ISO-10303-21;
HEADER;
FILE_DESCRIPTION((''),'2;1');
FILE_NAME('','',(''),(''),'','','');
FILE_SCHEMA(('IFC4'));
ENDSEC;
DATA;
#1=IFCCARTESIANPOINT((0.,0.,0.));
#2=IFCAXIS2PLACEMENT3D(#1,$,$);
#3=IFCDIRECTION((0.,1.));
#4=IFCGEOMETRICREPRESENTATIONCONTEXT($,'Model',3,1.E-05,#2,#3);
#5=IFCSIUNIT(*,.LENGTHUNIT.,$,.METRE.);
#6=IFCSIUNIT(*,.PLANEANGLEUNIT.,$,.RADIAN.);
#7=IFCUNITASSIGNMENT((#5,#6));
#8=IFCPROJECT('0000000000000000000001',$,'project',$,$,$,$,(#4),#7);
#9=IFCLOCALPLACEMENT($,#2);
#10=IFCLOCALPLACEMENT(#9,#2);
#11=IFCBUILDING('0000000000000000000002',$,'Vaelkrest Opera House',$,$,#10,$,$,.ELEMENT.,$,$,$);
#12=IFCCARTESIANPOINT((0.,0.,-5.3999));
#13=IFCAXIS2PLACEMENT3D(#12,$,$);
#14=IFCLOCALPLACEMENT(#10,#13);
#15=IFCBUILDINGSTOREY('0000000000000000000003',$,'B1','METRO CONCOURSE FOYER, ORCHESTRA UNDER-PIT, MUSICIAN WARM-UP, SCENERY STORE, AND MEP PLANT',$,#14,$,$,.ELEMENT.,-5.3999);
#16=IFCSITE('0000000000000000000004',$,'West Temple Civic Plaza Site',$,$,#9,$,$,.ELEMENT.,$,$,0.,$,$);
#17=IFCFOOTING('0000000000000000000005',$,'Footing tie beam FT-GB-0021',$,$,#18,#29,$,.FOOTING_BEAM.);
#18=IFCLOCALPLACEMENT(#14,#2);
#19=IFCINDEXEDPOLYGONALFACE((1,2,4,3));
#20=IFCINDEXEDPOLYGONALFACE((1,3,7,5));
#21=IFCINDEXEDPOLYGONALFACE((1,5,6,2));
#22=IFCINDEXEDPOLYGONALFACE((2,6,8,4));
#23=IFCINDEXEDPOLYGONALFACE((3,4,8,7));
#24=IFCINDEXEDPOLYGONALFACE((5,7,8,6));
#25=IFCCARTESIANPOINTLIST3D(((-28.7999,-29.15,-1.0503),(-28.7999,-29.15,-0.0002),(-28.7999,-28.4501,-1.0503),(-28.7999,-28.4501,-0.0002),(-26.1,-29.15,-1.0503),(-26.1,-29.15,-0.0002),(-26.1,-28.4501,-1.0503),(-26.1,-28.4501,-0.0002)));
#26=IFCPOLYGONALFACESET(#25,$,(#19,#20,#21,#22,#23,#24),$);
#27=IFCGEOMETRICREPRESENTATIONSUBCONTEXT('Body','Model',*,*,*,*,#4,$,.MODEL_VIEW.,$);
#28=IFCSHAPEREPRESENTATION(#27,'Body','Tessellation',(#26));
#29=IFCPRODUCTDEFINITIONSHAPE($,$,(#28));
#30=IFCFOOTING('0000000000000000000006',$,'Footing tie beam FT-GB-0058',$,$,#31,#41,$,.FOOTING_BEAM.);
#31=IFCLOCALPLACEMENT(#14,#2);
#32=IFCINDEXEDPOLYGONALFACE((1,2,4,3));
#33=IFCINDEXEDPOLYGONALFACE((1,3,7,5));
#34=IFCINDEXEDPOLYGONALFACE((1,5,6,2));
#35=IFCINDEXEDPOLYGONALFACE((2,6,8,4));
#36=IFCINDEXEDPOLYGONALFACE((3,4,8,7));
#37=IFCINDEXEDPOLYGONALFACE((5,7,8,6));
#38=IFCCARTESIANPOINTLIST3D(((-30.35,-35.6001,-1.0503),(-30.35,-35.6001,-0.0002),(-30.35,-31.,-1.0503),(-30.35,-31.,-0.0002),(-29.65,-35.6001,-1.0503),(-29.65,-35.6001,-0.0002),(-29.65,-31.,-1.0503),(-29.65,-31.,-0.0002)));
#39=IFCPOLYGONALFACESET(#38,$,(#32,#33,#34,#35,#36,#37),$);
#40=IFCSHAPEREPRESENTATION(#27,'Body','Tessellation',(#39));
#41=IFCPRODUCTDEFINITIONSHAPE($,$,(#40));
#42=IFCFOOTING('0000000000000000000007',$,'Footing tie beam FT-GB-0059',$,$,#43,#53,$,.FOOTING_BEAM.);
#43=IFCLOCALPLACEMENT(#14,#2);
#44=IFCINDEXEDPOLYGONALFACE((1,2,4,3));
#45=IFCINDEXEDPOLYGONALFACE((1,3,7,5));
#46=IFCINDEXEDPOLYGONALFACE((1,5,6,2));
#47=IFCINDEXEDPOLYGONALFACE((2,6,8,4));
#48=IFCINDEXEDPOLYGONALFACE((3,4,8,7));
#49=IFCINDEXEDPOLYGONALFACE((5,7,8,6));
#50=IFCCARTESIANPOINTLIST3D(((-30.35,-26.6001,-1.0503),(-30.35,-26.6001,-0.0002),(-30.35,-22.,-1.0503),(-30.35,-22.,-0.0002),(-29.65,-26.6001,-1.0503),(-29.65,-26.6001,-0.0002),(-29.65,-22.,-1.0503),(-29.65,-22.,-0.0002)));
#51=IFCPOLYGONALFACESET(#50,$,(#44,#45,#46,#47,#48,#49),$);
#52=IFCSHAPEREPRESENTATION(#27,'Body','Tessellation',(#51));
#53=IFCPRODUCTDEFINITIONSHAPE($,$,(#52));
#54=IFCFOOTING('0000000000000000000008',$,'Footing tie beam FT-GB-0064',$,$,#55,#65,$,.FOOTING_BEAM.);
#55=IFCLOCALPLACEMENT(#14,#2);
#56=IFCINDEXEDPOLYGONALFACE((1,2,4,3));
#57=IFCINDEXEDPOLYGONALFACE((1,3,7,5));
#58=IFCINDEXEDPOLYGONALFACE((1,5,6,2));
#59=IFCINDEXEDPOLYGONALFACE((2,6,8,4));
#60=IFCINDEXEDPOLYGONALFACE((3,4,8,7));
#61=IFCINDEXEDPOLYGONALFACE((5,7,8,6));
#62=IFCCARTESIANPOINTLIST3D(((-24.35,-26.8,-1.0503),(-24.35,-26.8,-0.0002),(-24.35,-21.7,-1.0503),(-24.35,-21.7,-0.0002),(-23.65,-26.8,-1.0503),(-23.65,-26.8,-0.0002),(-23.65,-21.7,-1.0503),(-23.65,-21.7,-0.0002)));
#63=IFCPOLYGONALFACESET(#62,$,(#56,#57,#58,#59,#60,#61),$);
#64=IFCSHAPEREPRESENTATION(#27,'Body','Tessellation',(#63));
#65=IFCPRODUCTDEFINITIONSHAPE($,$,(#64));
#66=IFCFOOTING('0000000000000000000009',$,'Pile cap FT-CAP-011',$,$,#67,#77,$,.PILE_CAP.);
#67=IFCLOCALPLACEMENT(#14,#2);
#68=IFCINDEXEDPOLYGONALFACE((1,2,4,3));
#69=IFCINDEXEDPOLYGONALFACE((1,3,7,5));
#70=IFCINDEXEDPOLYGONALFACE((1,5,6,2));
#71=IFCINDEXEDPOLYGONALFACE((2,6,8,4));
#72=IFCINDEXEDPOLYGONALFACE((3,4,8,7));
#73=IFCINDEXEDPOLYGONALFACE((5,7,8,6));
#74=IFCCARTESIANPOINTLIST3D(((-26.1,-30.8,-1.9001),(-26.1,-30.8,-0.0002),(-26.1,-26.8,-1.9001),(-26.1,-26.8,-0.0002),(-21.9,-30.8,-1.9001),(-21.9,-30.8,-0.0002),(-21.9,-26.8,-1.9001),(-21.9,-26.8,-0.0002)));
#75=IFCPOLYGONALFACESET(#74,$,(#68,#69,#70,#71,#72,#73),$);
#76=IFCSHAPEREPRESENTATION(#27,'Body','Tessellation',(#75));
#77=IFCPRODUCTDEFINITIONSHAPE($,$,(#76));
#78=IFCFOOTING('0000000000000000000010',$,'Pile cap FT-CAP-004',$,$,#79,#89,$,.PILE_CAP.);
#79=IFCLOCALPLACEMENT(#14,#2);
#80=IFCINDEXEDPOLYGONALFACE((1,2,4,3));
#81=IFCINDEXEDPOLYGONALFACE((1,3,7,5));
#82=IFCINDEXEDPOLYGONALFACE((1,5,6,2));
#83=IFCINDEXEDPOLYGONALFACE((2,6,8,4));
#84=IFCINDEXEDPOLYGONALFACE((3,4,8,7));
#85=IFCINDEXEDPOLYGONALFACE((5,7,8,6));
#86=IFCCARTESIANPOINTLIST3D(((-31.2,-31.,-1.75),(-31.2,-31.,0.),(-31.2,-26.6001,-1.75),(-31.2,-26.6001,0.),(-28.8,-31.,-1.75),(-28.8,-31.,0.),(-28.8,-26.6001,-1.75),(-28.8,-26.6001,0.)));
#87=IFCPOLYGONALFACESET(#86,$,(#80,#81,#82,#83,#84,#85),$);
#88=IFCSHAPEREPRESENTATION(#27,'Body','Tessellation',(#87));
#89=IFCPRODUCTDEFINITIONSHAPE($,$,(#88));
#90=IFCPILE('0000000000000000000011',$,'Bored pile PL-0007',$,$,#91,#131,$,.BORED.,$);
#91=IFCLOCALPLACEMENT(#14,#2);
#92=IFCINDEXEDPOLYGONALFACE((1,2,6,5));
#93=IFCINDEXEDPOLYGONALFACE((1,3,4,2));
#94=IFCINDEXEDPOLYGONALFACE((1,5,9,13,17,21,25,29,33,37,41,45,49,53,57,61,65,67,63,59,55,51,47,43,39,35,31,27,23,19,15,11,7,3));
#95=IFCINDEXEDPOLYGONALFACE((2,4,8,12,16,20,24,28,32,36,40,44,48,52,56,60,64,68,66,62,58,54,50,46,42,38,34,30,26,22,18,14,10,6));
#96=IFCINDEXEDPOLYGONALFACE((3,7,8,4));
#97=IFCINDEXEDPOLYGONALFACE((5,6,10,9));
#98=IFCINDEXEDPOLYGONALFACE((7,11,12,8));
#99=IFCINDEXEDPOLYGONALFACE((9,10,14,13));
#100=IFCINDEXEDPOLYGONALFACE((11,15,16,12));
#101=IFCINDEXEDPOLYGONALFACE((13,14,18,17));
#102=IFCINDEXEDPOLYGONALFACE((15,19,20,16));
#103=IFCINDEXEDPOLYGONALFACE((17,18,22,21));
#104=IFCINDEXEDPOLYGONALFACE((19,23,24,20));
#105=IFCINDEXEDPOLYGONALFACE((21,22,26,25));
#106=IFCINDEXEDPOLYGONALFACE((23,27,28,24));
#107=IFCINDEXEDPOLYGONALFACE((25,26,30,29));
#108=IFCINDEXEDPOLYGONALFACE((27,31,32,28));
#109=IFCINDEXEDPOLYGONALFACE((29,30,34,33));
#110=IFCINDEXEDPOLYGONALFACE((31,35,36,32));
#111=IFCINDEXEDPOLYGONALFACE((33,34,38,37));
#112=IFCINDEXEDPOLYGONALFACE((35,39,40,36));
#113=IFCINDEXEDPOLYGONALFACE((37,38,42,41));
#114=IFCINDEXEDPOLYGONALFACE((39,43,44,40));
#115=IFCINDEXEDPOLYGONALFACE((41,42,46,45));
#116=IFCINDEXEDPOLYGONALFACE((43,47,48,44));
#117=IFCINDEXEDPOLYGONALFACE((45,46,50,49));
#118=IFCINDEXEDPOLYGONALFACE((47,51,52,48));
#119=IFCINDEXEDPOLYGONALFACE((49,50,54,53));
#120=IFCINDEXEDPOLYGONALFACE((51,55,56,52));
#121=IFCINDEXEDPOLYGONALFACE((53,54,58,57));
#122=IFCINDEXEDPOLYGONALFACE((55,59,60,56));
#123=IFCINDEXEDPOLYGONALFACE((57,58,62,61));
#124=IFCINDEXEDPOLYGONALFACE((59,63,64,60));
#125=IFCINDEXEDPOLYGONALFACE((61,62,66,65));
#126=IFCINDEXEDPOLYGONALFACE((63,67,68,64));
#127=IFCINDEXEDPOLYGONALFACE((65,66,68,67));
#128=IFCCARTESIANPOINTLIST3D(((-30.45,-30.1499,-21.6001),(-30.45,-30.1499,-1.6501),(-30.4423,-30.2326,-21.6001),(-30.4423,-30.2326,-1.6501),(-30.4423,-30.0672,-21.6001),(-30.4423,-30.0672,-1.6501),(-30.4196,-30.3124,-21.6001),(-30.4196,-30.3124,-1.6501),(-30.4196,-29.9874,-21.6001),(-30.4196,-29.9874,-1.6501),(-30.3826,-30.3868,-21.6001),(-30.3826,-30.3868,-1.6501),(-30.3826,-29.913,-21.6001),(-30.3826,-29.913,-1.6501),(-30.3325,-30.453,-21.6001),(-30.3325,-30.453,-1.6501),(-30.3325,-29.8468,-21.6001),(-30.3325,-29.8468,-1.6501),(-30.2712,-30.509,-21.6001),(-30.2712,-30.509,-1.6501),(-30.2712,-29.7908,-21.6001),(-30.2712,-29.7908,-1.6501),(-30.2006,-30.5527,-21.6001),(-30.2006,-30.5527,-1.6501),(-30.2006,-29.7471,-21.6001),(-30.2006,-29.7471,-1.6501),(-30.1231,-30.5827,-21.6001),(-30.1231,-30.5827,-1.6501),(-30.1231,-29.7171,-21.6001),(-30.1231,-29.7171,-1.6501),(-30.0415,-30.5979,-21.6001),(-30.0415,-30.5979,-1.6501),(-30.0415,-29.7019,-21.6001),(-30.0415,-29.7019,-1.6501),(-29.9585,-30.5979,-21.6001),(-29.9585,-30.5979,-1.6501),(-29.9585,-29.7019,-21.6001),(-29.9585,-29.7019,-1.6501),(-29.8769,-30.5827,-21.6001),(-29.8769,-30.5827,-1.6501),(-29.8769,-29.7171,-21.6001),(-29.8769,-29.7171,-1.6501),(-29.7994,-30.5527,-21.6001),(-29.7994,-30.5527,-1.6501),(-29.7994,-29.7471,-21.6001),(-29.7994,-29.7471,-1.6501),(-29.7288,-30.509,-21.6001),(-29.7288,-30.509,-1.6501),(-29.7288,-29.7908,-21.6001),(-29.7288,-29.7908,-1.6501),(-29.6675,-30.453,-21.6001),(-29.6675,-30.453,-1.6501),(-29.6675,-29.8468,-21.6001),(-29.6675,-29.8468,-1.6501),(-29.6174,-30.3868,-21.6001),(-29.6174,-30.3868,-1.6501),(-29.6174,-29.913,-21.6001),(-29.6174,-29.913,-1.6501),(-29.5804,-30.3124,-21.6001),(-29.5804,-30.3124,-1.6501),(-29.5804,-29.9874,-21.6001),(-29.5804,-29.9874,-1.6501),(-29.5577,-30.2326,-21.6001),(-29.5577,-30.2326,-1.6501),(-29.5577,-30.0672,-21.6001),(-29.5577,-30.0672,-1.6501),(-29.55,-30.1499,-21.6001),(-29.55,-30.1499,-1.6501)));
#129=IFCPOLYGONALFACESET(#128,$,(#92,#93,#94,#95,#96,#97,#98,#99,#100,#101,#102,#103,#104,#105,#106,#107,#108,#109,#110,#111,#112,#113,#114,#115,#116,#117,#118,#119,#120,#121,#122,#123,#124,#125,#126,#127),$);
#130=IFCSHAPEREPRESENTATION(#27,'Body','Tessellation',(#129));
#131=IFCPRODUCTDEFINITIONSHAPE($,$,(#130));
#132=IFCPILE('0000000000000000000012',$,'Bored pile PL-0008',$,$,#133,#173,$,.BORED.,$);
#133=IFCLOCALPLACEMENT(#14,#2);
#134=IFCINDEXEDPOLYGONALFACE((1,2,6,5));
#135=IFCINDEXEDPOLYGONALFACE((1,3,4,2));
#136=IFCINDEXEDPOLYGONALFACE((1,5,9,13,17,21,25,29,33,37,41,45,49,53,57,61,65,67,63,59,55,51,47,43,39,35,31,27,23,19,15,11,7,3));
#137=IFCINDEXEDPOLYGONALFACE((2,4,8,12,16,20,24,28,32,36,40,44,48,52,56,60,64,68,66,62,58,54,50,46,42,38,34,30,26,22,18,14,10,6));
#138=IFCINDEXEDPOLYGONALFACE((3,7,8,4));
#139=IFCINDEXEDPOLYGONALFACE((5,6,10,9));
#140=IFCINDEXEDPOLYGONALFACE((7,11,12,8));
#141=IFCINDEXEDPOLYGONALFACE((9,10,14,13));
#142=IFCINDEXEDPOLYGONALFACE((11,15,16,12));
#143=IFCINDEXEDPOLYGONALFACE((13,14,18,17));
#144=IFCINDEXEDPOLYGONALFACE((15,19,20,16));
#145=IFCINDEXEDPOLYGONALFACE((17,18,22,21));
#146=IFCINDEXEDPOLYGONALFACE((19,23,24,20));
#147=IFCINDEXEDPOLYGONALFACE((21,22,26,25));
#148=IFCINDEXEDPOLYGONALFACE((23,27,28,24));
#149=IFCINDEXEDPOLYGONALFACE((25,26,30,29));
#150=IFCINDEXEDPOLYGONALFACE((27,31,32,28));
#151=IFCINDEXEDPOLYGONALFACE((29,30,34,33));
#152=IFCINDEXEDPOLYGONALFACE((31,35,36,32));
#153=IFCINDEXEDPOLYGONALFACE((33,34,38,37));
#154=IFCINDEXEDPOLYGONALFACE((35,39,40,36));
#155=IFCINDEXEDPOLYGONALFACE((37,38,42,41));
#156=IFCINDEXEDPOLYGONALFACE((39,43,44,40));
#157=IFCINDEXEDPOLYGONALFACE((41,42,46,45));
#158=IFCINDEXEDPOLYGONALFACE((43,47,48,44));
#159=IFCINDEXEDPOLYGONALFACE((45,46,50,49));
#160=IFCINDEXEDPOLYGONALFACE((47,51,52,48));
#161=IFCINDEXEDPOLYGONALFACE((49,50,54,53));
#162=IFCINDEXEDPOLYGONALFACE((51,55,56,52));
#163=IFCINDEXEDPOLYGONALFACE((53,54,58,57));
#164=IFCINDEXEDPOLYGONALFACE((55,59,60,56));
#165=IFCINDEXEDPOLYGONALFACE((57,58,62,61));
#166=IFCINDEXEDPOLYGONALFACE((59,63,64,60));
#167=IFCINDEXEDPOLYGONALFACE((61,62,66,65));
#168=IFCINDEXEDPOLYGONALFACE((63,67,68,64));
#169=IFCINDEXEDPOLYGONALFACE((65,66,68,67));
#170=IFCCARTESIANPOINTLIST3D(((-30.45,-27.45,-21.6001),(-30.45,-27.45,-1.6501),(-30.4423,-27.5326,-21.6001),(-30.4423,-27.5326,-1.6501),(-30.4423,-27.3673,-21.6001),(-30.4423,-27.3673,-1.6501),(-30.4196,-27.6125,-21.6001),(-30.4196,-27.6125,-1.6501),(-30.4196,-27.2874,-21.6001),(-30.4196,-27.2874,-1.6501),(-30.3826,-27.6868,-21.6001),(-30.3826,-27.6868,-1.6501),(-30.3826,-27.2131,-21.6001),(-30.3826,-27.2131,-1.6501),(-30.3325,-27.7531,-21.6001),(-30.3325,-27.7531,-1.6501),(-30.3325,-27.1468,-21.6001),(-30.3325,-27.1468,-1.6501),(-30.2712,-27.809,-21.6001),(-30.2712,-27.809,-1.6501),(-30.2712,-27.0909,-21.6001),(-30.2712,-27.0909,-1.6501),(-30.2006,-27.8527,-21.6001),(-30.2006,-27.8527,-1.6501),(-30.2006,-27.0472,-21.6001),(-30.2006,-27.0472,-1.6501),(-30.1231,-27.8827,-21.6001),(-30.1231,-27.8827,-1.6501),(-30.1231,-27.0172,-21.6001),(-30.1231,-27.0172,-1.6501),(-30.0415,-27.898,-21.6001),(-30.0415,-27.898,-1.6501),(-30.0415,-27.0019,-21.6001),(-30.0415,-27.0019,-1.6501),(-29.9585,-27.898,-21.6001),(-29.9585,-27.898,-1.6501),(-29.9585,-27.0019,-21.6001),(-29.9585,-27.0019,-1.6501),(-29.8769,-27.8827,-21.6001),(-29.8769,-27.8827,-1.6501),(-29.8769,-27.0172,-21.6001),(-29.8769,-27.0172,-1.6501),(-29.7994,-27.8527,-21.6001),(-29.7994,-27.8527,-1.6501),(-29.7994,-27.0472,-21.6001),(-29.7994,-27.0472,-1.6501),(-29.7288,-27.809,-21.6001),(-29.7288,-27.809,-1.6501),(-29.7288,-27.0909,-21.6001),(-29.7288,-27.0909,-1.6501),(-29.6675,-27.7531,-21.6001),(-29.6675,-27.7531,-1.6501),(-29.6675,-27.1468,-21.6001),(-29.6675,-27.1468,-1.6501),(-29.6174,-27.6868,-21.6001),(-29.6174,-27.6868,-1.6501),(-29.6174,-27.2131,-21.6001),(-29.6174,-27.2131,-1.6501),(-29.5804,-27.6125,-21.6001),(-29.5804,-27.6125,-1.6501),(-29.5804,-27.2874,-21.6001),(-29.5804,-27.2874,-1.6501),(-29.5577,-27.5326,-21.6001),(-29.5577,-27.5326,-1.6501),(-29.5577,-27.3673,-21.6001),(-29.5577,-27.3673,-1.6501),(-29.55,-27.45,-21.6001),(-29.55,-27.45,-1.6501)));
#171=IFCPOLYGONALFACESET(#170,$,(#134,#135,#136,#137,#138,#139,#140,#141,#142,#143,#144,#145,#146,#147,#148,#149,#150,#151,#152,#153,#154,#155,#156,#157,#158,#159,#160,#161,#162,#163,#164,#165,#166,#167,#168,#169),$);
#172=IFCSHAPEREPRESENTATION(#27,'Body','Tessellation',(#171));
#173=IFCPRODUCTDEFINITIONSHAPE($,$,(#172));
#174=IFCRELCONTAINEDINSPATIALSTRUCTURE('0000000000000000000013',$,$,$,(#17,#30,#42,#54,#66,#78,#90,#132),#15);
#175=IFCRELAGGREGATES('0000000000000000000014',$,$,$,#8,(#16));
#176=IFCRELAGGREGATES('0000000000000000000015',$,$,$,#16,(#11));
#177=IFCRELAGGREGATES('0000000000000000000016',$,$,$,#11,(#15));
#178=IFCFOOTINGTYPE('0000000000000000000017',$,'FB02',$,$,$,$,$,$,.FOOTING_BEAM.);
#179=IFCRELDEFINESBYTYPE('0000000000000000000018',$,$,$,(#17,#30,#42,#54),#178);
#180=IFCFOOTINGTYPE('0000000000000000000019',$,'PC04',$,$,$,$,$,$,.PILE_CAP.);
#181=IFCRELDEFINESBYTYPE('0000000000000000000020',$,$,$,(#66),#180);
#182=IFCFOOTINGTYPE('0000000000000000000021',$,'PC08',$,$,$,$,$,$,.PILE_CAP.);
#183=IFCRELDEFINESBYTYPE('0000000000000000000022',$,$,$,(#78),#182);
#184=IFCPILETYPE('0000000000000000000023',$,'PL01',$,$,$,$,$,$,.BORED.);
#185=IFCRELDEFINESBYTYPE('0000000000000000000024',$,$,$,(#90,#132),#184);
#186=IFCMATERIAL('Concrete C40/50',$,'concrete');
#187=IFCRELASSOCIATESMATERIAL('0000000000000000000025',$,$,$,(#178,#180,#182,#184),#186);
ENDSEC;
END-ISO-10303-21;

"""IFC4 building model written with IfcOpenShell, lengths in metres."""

from ifc_helpers import new_model, si_unit, direction, frame, origin, origin_2d, place, context, subcontext, project, spatial, rectangle, circle, extrude, material, material_profile, profile_set, type_object, element, save


model = new_model("IFC4")

# Units and contexts
model_context = context("Model", 3, precision=1e-05, world=origin(), true_north=direction((0.0, 1.0)))
body_context = subcontext(model_context, "Body", "Model", "MODEL_VIEW")
ifc_project = project(units=[si_unit("LENGTHUNIT", "METRE"), si_unit("PLANEANGLEUNIT", "RADIAN")], contexts=[model_context])

# Site, building, storey
site_placement = place(None, origin())
site = spatial("IfcSite", under=ifc_project, at=site_placement, Name="West Temple Civic Plaza Site", CompositionType="ELEMENT", RefElevation=0.0)
building_placement = place(site_placement, origin())
building = spatial("IfcBuilding", under=site, at=building_placement, Name="Vaelkrest Opera House", CompositionType="ELEMENT")
storey_placement = place(building_placement, frame((0.0, 0.0, -5.3999)))
storey = spatial("IfcBuildingStorey", under=building, at=storey_placement, Name="B1", Description="METRO CONCOURSE FOYER, ORCHESTRA UNDER-PIT, MUSICIAN WARM-UP, SCENERY STORE, AND MEP PLANT", CompositionType="ELEMENT", Elevation=-5.3999)

# Footings
ifc_material_1 = material(Name="Concrete C40/50", Category="concrete")
footing_type_1 = type_object("IfcFootingType", Name="FB02", PredefinedType="FOOTING_BEAM", material=ifc_material_1)
footing_1_placement = place(storey_placement, frame((-27.45, -28.8, -1.0503), z_axis=(0.0, 0.0, 1.0), x_axis=(1.0, 0.0, 0.0)))
element("IfcFooting", 1, at=footing_1_placement, inside=storey, type_object=footing_type_1, Name="Footing tie beam FT-GB-0021", PredefinedType="FOOTING_BEAM", context=body_context, shape_type="SweptSolid", body=[
    extrude(rectangle(XDim=2.7, YDim=0.7, at=origin_2d()), origin(), (0.0, 0.0, 1.0), 1.05),
])
for number, where, z_axis, x_axis, name in (
    (2, (-30.0, -33.3, -1.0503), (0.0, 0.0, 1.0), (0.0, 1.0, 0.0), "Footing tie beam FT-GB-0058"),
    (3, (-30.0, -24.3, -1.0503), (0.0, 0.0, 1.0), (0.0, 1.0, 0.0), "Footing tie beam FT-GB-0059"),
):
    element("IfcFooting", number, at=place(storey_placement, frame(where, z_axis=z_axis, x_axis=x_axis)), inside=storey, type_object=footing_type_1, Name=name, PredefinedType="FOOTING_BEAM", context=body_context, shape_type="SweptSolid", body=[
        extrude(rectangle(XDim=4.6001, YDim=0.7, at=origin_2d()), origin(), (0.0, 0.0, 1.0), 1.05),
    ])
footing_2_placement = place(storey_placement, frame((-24.0, -24.25, -1.0503), z_axis=(0.0, 0.0, 1.0), x_axis=(0.0, 1.0, 0.0)))
element("IfcFooting", 4, at=footing_2_placement, inside=storey, type_object=footing_type_1, Name="Footing tie beam FT-GB-0064", PredefinedType="FOOTING_BEAM", context=body_context, shape_type="SweptSolid", body=[
    extrude(rectangle(XDim=5.1001, YDim=0.7, at=origin_2d()), origin(), (0.0, 0.0, 1.0), 1.05),
])
footing_type_2 = type_object("IfcFootingType", Name="PC04", PredefinedType="PILE_CAP", material=ifc_material_1)
footing_3_placement = place(storey_placement, frame((-24.0, -28.8, -1.9001), z_axis=(0.0, 0.0, 1.0), x_axis=(1.0, 0.0, 0.0)))
element("IfcFooting", 5, at=footing_3_placement, inside=storey, type_object=footing_type_2, Name="Pile cap FT-CAP-011", PredefinedType="PILE_CAP", context=body_context, shape_type="SweptSolid", body=[
    extrude(rectangle(XDim=4.2, YDim=4.0, at=origin_2d()), origin(), (0.0, 0.0, 1.0), 1.8999),
])
footing_type_3 = type_object("IfcFootingType", Name="PC08", PredefinedType="PILE_CAP", material=ifc_material_1)
footing_4_placement = place(storey_placement, frame((-30.0, -28.8, -1.75), z_axis=(0.0, 0.0, 1.0), x_axis=(1.0, 0.0, 0.0)))
element("IfcFooting", 6, at=footing_4_placement, inside=storey, type_object=footing_type_3, Name="Pile cap FT-CAP-004", PredefinedType="PILE_CAP", context=body_context, shape_type="SweptSolid", body=[
    extrude(rectangle(XDim=2.3999, YDim=4.3999, at=origin_2d()), origin(), (0.0, 0.0, 1.0), 1.75),
])

# Piles
ifc_material_profile_1 = material_profile(ifc_material_1, circle(Radius=0.45, at=origin_2d()), Name="PILE900")
ifc_profile_set_1 = profile_set([ifc_material_profile_1], Name="Concrete C40/50")
pile_type = type_object("IfcPileType", Name="PL01", PredefinedType="BORED", material=ifc_profile_set_1)
for number, where, z_axis, x_axis, name in (
    (7, (-30.0, -30.1499, -1.6501), (0.0, 0.0, -1.0), (1.0, 0.0, 0.0), "Bored pile PL-0007"),
    (8, (-30.0, -27.45, -1.6501), (0.0, 0.0, -1.0), (1.0, 0.0, 0.0), "Bored pile PL-0008"),
):
    element("IfcPile", number, at=place(storey_placement, frame(where, z_axis=z_axis, x_axis=x_axis)), inside=storey, type_object=pile_type, Name=name, PredefinedType="BORED", context=body_context, shape_type="SweptSolid", body=[
        extrude(circle(Radius=0.45, at=origin_2d()), origin(), (0.0, 0.0, 1.0), 19.95),
    ])

save(model, "model.ifc")
